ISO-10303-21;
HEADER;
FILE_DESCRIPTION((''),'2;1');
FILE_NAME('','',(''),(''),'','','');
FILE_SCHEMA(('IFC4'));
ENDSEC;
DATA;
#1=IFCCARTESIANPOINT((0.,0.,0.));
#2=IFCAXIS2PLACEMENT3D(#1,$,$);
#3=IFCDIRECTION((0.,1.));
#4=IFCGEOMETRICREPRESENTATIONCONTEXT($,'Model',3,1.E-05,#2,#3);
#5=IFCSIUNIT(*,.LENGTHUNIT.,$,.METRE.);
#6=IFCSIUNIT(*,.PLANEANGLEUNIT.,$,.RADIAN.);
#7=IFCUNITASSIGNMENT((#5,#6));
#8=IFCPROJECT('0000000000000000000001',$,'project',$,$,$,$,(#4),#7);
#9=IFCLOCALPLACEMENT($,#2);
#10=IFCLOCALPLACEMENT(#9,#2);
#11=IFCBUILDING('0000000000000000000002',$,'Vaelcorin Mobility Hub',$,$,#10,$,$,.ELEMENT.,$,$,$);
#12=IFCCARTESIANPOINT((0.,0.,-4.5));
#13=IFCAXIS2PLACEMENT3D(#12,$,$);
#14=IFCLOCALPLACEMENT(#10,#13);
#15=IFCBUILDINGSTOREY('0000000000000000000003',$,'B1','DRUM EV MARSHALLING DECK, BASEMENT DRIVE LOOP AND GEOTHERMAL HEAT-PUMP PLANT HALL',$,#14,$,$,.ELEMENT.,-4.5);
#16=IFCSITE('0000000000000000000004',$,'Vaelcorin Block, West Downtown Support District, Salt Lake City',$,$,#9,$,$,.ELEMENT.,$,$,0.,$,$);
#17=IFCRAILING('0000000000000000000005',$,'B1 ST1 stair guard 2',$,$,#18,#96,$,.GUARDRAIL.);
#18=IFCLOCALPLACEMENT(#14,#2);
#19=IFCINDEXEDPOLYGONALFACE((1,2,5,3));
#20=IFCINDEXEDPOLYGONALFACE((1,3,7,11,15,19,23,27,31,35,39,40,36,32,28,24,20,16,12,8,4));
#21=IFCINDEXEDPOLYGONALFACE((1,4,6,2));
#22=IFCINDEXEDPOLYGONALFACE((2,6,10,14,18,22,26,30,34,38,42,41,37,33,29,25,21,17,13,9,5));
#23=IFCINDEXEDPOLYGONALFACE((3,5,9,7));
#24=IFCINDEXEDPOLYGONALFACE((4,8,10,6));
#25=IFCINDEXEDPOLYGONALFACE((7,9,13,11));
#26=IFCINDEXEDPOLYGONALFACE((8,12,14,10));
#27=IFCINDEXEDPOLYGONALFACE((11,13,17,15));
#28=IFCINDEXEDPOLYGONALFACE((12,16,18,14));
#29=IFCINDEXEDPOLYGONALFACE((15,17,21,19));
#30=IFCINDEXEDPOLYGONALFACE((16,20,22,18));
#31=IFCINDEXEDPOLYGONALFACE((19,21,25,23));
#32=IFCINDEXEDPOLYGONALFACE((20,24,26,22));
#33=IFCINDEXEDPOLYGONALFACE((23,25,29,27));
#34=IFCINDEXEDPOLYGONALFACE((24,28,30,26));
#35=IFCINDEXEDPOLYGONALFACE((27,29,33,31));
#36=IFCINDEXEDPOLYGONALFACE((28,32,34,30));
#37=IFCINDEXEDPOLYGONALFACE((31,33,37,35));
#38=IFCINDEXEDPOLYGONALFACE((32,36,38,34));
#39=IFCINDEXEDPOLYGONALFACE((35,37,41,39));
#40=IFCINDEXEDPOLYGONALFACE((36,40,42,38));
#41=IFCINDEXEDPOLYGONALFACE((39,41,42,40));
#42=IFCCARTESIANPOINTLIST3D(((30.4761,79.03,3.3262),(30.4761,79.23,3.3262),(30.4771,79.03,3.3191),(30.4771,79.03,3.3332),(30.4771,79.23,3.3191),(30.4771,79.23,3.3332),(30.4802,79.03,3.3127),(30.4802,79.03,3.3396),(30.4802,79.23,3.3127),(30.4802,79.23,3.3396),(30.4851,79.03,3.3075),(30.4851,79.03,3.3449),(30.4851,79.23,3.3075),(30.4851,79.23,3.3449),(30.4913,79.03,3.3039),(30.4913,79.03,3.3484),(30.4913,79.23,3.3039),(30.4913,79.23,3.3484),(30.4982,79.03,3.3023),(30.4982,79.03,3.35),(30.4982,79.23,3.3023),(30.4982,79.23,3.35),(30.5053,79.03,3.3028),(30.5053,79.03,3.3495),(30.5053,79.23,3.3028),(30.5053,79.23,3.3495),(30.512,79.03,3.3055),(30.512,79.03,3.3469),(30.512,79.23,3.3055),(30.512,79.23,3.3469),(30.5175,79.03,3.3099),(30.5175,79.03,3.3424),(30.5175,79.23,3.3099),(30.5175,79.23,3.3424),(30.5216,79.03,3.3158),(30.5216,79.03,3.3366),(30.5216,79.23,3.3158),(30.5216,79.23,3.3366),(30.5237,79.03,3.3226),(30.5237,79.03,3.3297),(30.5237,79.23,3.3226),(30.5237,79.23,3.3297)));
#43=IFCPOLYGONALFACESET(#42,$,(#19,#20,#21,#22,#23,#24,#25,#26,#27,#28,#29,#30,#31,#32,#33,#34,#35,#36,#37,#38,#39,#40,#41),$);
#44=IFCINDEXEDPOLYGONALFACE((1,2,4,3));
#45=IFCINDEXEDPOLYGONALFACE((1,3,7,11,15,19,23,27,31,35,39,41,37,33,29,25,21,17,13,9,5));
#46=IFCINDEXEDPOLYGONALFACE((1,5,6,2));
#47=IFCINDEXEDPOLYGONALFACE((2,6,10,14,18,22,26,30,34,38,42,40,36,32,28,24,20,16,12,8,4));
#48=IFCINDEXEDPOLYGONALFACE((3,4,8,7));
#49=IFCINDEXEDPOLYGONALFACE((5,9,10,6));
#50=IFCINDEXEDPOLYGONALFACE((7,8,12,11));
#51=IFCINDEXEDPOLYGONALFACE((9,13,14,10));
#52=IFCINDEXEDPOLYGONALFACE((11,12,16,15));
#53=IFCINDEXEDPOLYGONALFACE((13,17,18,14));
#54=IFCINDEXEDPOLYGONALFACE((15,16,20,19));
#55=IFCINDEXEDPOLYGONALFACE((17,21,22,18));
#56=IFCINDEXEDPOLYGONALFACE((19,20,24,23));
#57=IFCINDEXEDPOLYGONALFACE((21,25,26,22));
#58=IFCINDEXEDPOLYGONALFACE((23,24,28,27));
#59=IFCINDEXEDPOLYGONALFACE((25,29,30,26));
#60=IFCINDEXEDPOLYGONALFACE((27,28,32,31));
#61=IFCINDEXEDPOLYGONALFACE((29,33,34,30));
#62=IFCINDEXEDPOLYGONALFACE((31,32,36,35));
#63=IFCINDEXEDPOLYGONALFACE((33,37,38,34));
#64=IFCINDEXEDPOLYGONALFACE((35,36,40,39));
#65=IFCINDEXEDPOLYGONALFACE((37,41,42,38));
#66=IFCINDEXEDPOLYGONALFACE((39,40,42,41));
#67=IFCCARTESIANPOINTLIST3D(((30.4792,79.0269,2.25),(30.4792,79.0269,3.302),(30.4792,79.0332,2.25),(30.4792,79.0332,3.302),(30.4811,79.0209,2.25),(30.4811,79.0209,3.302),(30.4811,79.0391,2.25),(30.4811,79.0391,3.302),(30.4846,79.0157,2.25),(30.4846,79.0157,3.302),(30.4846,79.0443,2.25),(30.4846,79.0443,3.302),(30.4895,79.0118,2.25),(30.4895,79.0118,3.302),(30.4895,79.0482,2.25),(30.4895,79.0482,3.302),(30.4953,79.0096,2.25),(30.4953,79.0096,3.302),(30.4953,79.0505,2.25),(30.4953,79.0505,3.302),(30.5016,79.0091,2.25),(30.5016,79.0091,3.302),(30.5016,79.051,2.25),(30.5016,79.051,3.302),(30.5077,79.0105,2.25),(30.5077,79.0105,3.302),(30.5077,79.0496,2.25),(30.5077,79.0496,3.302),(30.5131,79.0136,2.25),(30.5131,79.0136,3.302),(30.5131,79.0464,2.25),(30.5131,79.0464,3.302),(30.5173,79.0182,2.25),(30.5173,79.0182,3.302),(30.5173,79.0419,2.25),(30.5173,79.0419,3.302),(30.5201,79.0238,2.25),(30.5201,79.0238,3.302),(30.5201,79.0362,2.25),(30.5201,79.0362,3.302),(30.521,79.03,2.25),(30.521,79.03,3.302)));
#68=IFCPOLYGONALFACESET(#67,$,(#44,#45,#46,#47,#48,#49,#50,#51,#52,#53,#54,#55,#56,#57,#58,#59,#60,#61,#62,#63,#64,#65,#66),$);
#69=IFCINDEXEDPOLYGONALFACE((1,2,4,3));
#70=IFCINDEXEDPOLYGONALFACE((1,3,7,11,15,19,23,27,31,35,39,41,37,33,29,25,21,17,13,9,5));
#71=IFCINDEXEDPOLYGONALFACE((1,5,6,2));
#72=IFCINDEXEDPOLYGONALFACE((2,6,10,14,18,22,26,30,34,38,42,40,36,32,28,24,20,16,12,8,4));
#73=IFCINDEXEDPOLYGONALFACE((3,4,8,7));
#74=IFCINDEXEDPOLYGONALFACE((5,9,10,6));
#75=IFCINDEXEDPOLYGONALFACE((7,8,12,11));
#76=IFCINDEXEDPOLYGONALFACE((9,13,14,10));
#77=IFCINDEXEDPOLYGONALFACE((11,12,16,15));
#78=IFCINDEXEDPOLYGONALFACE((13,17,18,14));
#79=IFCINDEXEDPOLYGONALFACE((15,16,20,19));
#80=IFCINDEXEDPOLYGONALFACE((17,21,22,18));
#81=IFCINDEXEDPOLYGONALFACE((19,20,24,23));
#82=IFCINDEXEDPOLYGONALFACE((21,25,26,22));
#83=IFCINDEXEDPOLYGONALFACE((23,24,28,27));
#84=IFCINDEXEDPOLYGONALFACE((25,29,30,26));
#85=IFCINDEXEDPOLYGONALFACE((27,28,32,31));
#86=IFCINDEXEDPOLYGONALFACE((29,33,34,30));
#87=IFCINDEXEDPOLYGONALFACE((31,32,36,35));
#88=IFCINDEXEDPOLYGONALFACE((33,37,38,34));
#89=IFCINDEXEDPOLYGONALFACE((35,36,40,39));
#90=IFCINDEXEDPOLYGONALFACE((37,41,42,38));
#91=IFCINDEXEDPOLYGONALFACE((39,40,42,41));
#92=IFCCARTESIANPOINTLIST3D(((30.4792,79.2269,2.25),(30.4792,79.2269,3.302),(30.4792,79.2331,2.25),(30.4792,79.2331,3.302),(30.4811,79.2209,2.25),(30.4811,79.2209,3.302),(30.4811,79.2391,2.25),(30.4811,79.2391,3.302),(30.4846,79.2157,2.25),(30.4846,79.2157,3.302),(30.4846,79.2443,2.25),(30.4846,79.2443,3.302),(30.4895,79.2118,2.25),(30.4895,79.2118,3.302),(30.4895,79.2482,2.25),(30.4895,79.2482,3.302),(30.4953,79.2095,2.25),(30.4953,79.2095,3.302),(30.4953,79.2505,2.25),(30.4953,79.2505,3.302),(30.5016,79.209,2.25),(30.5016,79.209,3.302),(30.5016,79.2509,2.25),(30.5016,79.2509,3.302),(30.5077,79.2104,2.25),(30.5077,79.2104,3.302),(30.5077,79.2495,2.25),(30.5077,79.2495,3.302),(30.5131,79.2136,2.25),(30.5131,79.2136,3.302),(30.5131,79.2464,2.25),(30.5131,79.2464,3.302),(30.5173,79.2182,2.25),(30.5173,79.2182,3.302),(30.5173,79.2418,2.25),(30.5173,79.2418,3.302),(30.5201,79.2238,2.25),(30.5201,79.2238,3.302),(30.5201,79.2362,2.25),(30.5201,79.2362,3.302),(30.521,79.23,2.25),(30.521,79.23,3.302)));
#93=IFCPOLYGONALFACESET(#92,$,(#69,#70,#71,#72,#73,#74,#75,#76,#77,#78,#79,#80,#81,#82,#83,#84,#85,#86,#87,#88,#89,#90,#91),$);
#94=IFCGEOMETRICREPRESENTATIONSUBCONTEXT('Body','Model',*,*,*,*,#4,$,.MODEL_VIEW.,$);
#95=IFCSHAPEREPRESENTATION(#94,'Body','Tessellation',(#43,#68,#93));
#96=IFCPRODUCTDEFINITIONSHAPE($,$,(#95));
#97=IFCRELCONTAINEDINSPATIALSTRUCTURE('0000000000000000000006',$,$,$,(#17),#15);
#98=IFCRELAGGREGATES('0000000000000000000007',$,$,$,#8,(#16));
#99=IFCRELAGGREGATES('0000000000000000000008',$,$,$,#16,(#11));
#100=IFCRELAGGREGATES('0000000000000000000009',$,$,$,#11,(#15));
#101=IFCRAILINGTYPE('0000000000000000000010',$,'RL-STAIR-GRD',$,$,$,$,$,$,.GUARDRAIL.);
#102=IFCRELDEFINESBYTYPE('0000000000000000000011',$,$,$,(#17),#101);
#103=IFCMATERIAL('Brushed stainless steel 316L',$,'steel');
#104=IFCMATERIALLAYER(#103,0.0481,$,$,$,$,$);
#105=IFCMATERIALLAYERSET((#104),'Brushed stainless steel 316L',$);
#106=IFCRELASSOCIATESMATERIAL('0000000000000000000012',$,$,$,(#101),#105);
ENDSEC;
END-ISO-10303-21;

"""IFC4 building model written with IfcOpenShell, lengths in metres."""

from ifc_helpers import new_model, si_unit, direction, frame, origin, origin_2d, place, context, subcontext, project, spatial, circle, extrude, material, layer, layer_set, type_object, element, save


model = new_model("IFC4")

# Units and contexts
model_context = context("Model", 3, precision=1e-05, world=origin(), true_north=direction((0.0, 1.0)))
body_context = subcontext(model_context, "Body", "Model", "MODEL_VIEW")
ifc_project = project(units=[si_unit("LENGTHUNIT", "METRE"), si_unit("PLANEANGLEUNIT", "RADIAN")], contexts=[model_context])

# Site, building, storey
site_placement = place(None, origin())
site = spatial("IfcSite", under=ifc_project, at=site_placement, Name="Vaelcorin Block, West Downtown Support District, Salt Lake City", CompositionType="ELEMENT", RefElevation=0.0)
building_placement = place(site_placement, origin())
building = spatial("IfcBuilding", under=site, at=building_placement, Name="Vaelcorin Mobility Hub", CompositionType="ELEMENT")
storey_placement = place(building_placement, frame((0.0, 0.0, -4.5)))
storey = spatial("IfcBuildingStorey", under=building, at=storey_placement, Name="B1", Description="DRUM EV MARSHALLING DECK, BASEMENT DRIVE LOOP AND GEOTHERMAL HEAT-PUMP PLANT HALL", CompositionType="ELEMENT", Elevation=-4.5)

# Railing
ifc_material_1 = material(Name="Brushed stainless steel 316L", Category="steel")
ifc_layer_1 = layer(ifc_material_1, 0.0481)
ifc_layer_set_1 = layer_set([ifc_layer_1], Name="Brushed stainless steel 316L")
railing_type_1 = type_object("IfcRailingType", Name="RL-STAIR-GRD", PredefinedType="GUARDRAIL", material=ifc_layer_set_1)
railing_1_placement = place(storey_placement, frame((30.5, 79.03, 2.25)))
element("IfcRailing", 1, at=railing_1_placement, inside=storey, type_object=railing_type_1, Name="B1 ST1 stair guard 2", PredefinedType="GUARDRAIL", context=body_context, shape_type="SweptSolid", body=[
    extrude(circle(Radius=0.0239, at=origin_2d()), frame((0.0, 0.0, 1.0762), z_axis=(0.0, 1.0, 0.0), x_axis=(-1.0, 0.0, 0.0)), (0.0, 0.0, 1.0), 0.2),
    extrude(circle(Radius=0.021, at=origin_2d()), origin(), (0.0, 0.0, 1.0), 1.052),
    extrude(circle(Radius=0.021, at=origin_2d()), frame((0.0, 0.2, 0.0)), (0.0, 0.0, 1.0), 1.052),
])

save(model, "model.ifc")
